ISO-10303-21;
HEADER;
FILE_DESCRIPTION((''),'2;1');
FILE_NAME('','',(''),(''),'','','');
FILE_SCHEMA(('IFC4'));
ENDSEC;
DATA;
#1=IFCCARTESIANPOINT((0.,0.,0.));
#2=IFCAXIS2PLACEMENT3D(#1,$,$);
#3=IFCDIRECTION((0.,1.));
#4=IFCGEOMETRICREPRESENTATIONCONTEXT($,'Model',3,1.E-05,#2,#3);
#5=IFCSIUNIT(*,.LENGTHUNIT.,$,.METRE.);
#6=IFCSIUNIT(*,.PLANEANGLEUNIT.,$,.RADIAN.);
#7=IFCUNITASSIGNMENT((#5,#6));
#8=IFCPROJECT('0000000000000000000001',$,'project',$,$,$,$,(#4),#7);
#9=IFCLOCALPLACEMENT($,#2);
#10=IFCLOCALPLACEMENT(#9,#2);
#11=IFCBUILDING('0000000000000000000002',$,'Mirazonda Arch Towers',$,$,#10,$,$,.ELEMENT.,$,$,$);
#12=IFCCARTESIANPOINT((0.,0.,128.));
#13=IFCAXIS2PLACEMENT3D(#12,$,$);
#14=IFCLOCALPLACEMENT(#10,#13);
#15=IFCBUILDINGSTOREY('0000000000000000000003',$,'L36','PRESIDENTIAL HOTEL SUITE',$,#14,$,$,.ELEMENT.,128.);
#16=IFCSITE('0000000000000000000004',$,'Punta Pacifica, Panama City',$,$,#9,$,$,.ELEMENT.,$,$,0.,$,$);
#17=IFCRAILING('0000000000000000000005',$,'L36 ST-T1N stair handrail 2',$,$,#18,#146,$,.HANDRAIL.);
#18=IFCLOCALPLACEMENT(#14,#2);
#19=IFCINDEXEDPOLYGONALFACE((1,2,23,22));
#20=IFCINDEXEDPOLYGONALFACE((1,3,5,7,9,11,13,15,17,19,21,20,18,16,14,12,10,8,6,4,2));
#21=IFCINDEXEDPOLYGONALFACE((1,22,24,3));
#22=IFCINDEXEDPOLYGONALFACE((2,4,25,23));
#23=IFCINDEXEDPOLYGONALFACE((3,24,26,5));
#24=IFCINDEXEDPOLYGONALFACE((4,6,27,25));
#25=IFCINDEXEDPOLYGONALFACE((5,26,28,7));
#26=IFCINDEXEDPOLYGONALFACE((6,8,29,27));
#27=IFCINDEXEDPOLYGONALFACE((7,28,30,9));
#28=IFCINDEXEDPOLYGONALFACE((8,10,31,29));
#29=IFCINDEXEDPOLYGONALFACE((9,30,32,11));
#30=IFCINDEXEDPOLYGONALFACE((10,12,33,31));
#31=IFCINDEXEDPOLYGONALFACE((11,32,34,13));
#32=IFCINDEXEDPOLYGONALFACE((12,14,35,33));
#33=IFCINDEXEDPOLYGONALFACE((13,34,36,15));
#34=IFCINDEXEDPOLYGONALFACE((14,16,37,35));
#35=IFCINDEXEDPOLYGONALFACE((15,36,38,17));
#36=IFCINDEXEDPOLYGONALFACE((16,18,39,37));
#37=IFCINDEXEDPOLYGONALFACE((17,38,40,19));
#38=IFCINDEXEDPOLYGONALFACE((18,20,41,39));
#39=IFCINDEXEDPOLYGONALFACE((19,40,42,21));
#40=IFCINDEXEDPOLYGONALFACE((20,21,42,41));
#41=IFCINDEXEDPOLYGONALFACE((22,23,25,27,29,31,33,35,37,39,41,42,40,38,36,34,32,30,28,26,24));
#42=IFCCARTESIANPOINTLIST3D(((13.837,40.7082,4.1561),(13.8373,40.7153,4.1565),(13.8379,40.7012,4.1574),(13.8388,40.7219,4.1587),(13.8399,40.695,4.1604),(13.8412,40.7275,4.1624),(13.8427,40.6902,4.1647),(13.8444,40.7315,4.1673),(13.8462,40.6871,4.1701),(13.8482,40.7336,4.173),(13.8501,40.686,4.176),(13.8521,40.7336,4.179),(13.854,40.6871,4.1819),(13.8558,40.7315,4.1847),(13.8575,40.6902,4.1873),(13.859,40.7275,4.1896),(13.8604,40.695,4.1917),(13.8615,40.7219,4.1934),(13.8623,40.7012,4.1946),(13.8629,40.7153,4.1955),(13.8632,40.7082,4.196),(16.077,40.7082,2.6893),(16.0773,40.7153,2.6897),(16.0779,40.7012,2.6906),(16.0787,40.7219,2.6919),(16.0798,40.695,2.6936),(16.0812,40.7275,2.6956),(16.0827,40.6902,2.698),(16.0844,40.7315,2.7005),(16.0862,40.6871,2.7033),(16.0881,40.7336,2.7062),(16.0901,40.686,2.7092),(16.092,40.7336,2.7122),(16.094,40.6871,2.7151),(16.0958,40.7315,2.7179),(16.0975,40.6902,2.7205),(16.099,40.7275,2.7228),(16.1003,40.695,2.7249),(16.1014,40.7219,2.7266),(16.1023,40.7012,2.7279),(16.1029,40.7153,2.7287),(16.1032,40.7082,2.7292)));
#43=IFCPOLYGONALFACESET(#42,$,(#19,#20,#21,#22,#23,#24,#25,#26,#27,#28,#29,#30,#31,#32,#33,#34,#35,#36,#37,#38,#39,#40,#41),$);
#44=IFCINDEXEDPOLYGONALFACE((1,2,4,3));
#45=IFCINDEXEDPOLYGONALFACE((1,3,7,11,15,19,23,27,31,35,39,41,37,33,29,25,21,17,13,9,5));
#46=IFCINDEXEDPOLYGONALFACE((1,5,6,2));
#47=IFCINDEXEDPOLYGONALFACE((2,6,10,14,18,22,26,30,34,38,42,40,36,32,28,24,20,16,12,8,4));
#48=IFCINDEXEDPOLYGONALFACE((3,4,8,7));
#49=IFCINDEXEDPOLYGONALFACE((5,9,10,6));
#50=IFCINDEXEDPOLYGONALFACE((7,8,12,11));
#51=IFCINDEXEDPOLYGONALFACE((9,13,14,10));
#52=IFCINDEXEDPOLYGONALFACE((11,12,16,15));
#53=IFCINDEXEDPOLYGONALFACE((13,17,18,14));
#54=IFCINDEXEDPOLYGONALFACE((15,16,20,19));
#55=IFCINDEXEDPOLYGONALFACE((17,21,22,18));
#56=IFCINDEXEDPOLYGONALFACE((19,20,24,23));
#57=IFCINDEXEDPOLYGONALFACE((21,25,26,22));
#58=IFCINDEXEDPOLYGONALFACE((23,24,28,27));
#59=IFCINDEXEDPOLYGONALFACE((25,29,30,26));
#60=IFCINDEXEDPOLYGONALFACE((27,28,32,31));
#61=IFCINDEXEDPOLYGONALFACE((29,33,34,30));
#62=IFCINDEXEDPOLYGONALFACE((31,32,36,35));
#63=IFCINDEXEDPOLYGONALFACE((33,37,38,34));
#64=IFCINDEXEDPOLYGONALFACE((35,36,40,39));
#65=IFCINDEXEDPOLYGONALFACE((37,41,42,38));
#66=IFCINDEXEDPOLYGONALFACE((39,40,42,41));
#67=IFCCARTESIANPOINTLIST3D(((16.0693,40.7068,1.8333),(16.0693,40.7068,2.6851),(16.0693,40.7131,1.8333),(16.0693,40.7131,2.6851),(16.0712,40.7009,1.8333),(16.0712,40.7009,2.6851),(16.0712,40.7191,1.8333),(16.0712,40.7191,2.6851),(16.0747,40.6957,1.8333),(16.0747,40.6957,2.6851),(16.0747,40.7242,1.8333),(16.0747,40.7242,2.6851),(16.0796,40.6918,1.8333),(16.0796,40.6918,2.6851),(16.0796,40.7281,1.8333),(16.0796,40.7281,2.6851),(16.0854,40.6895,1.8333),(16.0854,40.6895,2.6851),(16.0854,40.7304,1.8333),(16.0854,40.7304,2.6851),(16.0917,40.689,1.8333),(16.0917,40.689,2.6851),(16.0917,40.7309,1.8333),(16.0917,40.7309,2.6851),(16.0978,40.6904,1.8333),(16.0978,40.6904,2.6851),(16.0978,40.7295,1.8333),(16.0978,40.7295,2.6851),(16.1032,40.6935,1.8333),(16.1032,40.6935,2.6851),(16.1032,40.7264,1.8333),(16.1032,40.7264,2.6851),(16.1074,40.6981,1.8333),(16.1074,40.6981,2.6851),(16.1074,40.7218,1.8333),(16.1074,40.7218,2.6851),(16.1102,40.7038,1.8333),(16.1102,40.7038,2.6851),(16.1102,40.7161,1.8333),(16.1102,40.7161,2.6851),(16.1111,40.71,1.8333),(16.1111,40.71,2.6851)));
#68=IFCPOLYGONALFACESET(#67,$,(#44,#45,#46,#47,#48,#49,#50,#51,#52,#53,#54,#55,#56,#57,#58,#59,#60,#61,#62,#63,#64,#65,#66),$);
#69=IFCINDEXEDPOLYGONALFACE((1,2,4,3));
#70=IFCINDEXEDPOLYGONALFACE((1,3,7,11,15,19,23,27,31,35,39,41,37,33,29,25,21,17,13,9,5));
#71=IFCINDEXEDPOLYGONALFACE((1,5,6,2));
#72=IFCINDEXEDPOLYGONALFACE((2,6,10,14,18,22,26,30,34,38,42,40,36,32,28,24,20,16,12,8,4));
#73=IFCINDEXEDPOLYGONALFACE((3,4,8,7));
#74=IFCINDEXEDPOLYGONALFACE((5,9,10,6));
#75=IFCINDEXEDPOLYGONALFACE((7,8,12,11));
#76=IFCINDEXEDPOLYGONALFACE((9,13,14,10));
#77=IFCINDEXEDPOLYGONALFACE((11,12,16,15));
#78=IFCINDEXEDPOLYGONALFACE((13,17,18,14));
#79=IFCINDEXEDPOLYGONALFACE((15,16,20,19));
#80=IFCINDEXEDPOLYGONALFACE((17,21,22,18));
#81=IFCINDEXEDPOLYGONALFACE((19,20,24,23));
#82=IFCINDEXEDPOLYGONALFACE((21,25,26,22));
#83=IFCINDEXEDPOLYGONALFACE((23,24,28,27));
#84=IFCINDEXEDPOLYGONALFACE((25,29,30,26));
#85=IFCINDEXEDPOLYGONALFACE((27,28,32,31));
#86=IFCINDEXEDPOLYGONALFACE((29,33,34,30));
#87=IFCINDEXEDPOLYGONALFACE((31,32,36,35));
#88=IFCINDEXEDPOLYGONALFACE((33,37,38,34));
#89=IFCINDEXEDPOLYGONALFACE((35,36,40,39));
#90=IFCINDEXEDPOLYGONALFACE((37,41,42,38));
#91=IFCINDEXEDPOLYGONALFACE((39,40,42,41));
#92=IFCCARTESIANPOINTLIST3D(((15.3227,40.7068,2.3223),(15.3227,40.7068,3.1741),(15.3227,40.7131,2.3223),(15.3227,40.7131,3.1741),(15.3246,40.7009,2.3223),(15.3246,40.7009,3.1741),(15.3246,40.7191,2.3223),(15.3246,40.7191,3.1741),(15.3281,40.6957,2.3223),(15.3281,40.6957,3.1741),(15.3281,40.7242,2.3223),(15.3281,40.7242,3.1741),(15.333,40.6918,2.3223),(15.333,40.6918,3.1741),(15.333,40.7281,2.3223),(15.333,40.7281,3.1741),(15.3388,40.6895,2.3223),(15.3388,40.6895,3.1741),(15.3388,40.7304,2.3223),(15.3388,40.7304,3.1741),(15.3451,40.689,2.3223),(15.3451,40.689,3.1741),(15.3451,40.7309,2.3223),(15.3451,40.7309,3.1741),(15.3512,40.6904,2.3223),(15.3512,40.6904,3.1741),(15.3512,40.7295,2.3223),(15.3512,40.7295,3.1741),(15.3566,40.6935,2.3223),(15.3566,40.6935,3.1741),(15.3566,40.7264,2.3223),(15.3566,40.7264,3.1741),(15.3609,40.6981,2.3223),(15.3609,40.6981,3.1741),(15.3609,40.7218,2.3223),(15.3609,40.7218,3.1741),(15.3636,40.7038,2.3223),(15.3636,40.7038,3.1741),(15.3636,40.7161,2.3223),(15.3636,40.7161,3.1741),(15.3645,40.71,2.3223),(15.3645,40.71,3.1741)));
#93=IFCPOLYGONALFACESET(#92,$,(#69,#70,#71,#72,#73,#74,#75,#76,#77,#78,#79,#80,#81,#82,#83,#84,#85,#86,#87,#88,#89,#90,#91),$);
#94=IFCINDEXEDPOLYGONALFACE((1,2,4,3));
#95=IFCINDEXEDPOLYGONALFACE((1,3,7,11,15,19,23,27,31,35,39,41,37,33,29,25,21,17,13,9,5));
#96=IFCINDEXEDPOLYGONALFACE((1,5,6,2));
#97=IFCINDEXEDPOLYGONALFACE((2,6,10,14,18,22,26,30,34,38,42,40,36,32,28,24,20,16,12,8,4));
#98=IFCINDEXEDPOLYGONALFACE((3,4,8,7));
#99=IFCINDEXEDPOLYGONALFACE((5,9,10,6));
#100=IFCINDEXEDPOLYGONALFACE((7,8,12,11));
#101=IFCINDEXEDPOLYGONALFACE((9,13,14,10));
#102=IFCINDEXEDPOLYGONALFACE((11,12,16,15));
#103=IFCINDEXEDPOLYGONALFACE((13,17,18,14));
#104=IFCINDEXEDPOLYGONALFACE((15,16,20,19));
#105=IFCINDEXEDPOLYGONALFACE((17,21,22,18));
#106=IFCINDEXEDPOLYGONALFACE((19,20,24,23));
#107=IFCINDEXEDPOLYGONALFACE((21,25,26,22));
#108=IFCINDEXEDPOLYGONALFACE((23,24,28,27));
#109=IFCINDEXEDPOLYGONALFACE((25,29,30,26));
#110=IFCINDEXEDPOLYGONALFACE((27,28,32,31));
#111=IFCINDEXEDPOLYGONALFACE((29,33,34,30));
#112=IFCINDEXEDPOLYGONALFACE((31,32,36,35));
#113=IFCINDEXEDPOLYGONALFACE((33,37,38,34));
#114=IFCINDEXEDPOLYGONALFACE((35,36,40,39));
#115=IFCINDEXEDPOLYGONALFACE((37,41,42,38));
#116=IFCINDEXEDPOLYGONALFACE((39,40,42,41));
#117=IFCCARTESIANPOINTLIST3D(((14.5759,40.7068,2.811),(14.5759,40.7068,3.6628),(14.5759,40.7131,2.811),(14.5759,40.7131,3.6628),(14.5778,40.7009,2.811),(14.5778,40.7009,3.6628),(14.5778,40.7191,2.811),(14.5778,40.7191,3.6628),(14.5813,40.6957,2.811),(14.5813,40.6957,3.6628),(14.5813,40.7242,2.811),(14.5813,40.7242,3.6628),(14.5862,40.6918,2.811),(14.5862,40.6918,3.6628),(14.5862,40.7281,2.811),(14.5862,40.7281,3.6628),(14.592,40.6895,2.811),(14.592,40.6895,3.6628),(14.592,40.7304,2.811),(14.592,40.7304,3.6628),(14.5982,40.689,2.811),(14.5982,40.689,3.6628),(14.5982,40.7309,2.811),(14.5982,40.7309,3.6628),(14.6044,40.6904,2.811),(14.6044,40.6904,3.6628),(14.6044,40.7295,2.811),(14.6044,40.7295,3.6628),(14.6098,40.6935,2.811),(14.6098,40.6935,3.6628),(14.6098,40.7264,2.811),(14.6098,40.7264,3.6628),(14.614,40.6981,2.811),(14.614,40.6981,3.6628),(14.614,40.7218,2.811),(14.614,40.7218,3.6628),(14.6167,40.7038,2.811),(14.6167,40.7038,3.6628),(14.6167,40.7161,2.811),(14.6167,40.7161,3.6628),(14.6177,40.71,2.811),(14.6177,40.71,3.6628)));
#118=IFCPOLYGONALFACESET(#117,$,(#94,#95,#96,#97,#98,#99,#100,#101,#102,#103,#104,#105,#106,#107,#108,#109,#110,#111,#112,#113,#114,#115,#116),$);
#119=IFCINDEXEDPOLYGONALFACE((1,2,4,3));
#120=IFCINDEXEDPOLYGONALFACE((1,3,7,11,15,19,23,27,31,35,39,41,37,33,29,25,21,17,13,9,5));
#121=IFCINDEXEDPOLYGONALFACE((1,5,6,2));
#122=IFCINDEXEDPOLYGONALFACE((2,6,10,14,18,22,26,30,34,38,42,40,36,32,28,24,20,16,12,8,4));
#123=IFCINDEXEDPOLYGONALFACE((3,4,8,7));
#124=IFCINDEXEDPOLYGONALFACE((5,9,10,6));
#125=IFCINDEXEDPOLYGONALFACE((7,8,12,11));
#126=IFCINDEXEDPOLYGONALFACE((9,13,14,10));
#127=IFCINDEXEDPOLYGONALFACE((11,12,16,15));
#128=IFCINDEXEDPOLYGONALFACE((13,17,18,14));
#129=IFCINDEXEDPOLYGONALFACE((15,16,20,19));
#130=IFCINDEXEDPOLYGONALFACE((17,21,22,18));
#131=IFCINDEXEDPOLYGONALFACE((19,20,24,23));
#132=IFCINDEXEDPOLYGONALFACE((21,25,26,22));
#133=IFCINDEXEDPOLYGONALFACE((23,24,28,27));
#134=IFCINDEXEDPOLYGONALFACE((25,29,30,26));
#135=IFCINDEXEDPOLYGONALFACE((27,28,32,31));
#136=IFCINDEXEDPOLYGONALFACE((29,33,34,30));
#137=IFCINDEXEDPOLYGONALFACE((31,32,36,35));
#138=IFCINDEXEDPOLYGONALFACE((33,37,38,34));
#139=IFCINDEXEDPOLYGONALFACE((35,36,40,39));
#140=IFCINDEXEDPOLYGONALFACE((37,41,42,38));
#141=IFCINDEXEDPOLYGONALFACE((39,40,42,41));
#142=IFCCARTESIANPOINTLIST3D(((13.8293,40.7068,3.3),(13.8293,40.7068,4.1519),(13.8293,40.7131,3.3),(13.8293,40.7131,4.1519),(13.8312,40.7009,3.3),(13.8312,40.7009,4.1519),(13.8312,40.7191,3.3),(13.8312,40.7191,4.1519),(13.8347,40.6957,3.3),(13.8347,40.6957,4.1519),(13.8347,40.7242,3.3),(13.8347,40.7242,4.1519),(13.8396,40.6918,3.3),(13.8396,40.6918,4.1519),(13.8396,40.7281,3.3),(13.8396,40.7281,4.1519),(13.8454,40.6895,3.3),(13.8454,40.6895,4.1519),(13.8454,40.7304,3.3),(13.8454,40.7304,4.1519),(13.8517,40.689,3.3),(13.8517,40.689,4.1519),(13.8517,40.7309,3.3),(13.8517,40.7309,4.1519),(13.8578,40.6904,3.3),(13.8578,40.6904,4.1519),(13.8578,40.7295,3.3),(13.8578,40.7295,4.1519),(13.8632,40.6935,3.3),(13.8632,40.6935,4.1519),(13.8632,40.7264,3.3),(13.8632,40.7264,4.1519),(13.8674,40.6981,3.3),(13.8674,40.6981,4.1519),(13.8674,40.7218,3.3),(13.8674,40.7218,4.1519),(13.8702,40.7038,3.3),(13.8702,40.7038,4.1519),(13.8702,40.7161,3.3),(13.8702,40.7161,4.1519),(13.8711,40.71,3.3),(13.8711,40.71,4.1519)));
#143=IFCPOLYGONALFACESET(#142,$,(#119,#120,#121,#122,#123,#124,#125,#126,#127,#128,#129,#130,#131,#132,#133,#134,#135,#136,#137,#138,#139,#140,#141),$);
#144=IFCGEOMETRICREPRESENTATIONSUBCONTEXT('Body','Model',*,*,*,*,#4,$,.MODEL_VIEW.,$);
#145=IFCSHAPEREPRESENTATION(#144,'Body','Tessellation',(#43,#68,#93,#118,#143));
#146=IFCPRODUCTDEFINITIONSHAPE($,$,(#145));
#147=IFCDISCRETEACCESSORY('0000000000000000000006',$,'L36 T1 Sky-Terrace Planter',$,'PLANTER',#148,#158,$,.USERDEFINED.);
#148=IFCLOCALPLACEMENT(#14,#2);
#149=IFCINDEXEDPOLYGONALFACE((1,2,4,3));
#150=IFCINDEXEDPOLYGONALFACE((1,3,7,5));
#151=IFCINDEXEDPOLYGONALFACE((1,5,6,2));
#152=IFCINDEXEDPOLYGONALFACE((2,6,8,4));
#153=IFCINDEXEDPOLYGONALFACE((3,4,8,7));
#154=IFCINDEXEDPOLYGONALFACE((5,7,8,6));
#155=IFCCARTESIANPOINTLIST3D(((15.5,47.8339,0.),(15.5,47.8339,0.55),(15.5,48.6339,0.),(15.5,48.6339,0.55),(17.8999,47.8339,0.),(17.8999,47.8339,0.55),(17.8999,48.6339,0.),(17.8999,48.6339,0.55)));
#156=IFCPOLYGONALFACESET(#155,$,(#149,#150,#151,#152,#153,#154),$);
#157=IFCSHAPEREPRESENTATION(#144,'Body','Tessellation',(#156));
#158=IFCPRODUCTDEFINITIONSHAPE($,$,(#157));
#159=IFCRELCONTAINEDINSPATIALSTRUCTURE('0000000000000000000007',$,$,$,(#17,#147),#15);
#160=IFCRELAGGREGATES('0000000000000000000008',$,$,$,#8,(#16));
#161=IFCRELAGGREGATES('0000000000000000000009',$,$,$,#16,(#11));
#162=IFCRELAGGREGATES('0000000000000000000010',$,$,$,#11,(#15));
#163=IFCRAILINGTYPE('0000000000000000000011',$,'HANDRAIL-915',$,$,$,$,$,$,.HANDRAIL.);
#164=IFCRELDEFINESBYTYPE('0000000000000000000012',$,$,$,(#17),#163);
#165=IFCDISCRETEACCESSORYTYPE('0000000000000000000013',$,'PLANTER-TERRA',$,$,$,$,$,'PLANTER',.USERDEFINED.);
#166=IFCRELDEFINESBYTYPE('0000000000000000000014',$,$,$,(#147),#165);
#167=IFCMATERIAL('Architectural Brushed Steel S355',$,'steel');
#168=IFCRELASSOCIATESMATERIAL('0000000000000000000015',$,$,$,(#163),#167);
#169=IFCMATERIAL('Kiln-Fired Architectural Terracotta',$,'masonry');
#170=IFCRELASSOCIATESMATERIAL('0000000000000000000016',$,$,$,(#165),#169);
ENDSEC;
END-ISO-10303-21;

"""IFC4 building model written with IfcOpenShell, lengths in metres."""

from ifc_helpers import new_model, si_unit, direction, frame, origin, origin_2d, place, context, subcontext, project, spatial, rectangle, circle, extrude, material, type_object, element, save


model = new_model("IFC4")

# Units and contexts
model_context = context("Model", 3, precision=1e-05, world=origin(), true_north=direction((0.0, 1.0)))
body_context = subcontext(model_context, "Body", "Model", "MODEL_VIEW")
ifc_project = project(units=[si_unit("LENGTHUNIT", "METRE"), si_unit("PLANEANGLEUNIT", "RADIAN")], contexts=[model_context])

# Site, building, storey
site_placement = place(None, origin())
site = spatial("IfcSite", under=ifc_project, at=site_placement, Name="Punta Pacifica, Panama City", CompositionType="ELEMENT", RefElevation=0.0)
building_placement = place(site_placement, origin())
building = spatial("IfcBuilding", under=site, at=building_placement, Name="Mirazonda Arch Towers", CompositionType="ELEMENT")
storey_placement = place(building_placement, frame((0.0, 0.0, 128.0)))
storey = spatial("IfcBuildingStorey", under=building, at=storey_placement, Name="L36", Description="PRESIDENTIAL HOTEL SUITE", CompositionType="ELEMENT", Elevation=128.0)

# Shared definitions
ifc_material_1 = material(Name="Architectural Brushed Steel S355", Category="steel")

# Shared definitions
ifc_material_2 = material(Name="Kiln-Fired Architectural Terracotta", Category="masonry")

# Railing
railing_type_1 = type_object("IfcRailingType", Name="HANDRAIL-915", PredefinedType="HANDRAIL", material=ifc_material_1)
railing_1_placement = place(storey_placement, frame((16.0901, 40.71, 1.8333)))
element("IfcRailing", 1, at=railing_1_placement, inside=storey, type_object=railing_type_1, Name="L36 ST-T1N stair handrail 2", PredefinedType="HANDRAIL", context=body_context, shape_type="SweptSolid", body=[
    extrude(circle(Radius=0.0239, at=origin_2d()), frame((0.0, 0.0, 0.876), z_axis=(-0.836595, 0.0, 0.547822), x_axis=(0.0, -1.0, 0.0)), (0.0, 0.0, 1.0), 2.6775),
    extrude(circle(Radius=0.021, at=origin_2d()), origin(), (0.0, 0.0, 1.0), 0.8518),
    extrude(circle(Radius=0.021, at=origin_2d()), frame((-0.7466, 0.0, 0.489)), (0.0, 0.0, 1.0), 0.8518),
    extrude(circle(Radius=0.021, at=origin_2d()), frame((-1.4934, 0.0, 0.9778)), (0.0, 0.0, 1.0), 0.8518),
    extrude(circle(Radius=0.021, at=origin_2d()), frame((-2.24, 0.0, 1.4668)), (0.0, 0.0, 1.0), 0.8518),
])

# Discrete accessory
discrete_accessory_type = type_object("IfcDiscreteAccessoryType", Name="PLANTER-TERRA", ElementType="PLANTER", PredefinedType="USERDEFINED", material=ifc_material_2)
discrete_accessory_placement = place(storey_placement, frame((16.7, 48.2339, 0.0), z_axis=(0.0, 0.0, 1.0), x_axis=(1.0, 0.0, 0.0)))
element("IfcDiscreteAccessory", 2, at=discrete_accessory_placement, inside=storey, type_object=discrete_accessory_type, Name="L36 T1 Sky-Terrace Planter", ObjectType="PLANTER", PredefinedType="USERDEFINED", context=body_context, shape_type="SweptSolid", body=[
    extrude(rectangle(XDim=2.3999, YDim=0.8, at=origin_2d()), origin(), (0.0, 0.0, 1.0), 0.55),
])

save(model, "model.ifc")
